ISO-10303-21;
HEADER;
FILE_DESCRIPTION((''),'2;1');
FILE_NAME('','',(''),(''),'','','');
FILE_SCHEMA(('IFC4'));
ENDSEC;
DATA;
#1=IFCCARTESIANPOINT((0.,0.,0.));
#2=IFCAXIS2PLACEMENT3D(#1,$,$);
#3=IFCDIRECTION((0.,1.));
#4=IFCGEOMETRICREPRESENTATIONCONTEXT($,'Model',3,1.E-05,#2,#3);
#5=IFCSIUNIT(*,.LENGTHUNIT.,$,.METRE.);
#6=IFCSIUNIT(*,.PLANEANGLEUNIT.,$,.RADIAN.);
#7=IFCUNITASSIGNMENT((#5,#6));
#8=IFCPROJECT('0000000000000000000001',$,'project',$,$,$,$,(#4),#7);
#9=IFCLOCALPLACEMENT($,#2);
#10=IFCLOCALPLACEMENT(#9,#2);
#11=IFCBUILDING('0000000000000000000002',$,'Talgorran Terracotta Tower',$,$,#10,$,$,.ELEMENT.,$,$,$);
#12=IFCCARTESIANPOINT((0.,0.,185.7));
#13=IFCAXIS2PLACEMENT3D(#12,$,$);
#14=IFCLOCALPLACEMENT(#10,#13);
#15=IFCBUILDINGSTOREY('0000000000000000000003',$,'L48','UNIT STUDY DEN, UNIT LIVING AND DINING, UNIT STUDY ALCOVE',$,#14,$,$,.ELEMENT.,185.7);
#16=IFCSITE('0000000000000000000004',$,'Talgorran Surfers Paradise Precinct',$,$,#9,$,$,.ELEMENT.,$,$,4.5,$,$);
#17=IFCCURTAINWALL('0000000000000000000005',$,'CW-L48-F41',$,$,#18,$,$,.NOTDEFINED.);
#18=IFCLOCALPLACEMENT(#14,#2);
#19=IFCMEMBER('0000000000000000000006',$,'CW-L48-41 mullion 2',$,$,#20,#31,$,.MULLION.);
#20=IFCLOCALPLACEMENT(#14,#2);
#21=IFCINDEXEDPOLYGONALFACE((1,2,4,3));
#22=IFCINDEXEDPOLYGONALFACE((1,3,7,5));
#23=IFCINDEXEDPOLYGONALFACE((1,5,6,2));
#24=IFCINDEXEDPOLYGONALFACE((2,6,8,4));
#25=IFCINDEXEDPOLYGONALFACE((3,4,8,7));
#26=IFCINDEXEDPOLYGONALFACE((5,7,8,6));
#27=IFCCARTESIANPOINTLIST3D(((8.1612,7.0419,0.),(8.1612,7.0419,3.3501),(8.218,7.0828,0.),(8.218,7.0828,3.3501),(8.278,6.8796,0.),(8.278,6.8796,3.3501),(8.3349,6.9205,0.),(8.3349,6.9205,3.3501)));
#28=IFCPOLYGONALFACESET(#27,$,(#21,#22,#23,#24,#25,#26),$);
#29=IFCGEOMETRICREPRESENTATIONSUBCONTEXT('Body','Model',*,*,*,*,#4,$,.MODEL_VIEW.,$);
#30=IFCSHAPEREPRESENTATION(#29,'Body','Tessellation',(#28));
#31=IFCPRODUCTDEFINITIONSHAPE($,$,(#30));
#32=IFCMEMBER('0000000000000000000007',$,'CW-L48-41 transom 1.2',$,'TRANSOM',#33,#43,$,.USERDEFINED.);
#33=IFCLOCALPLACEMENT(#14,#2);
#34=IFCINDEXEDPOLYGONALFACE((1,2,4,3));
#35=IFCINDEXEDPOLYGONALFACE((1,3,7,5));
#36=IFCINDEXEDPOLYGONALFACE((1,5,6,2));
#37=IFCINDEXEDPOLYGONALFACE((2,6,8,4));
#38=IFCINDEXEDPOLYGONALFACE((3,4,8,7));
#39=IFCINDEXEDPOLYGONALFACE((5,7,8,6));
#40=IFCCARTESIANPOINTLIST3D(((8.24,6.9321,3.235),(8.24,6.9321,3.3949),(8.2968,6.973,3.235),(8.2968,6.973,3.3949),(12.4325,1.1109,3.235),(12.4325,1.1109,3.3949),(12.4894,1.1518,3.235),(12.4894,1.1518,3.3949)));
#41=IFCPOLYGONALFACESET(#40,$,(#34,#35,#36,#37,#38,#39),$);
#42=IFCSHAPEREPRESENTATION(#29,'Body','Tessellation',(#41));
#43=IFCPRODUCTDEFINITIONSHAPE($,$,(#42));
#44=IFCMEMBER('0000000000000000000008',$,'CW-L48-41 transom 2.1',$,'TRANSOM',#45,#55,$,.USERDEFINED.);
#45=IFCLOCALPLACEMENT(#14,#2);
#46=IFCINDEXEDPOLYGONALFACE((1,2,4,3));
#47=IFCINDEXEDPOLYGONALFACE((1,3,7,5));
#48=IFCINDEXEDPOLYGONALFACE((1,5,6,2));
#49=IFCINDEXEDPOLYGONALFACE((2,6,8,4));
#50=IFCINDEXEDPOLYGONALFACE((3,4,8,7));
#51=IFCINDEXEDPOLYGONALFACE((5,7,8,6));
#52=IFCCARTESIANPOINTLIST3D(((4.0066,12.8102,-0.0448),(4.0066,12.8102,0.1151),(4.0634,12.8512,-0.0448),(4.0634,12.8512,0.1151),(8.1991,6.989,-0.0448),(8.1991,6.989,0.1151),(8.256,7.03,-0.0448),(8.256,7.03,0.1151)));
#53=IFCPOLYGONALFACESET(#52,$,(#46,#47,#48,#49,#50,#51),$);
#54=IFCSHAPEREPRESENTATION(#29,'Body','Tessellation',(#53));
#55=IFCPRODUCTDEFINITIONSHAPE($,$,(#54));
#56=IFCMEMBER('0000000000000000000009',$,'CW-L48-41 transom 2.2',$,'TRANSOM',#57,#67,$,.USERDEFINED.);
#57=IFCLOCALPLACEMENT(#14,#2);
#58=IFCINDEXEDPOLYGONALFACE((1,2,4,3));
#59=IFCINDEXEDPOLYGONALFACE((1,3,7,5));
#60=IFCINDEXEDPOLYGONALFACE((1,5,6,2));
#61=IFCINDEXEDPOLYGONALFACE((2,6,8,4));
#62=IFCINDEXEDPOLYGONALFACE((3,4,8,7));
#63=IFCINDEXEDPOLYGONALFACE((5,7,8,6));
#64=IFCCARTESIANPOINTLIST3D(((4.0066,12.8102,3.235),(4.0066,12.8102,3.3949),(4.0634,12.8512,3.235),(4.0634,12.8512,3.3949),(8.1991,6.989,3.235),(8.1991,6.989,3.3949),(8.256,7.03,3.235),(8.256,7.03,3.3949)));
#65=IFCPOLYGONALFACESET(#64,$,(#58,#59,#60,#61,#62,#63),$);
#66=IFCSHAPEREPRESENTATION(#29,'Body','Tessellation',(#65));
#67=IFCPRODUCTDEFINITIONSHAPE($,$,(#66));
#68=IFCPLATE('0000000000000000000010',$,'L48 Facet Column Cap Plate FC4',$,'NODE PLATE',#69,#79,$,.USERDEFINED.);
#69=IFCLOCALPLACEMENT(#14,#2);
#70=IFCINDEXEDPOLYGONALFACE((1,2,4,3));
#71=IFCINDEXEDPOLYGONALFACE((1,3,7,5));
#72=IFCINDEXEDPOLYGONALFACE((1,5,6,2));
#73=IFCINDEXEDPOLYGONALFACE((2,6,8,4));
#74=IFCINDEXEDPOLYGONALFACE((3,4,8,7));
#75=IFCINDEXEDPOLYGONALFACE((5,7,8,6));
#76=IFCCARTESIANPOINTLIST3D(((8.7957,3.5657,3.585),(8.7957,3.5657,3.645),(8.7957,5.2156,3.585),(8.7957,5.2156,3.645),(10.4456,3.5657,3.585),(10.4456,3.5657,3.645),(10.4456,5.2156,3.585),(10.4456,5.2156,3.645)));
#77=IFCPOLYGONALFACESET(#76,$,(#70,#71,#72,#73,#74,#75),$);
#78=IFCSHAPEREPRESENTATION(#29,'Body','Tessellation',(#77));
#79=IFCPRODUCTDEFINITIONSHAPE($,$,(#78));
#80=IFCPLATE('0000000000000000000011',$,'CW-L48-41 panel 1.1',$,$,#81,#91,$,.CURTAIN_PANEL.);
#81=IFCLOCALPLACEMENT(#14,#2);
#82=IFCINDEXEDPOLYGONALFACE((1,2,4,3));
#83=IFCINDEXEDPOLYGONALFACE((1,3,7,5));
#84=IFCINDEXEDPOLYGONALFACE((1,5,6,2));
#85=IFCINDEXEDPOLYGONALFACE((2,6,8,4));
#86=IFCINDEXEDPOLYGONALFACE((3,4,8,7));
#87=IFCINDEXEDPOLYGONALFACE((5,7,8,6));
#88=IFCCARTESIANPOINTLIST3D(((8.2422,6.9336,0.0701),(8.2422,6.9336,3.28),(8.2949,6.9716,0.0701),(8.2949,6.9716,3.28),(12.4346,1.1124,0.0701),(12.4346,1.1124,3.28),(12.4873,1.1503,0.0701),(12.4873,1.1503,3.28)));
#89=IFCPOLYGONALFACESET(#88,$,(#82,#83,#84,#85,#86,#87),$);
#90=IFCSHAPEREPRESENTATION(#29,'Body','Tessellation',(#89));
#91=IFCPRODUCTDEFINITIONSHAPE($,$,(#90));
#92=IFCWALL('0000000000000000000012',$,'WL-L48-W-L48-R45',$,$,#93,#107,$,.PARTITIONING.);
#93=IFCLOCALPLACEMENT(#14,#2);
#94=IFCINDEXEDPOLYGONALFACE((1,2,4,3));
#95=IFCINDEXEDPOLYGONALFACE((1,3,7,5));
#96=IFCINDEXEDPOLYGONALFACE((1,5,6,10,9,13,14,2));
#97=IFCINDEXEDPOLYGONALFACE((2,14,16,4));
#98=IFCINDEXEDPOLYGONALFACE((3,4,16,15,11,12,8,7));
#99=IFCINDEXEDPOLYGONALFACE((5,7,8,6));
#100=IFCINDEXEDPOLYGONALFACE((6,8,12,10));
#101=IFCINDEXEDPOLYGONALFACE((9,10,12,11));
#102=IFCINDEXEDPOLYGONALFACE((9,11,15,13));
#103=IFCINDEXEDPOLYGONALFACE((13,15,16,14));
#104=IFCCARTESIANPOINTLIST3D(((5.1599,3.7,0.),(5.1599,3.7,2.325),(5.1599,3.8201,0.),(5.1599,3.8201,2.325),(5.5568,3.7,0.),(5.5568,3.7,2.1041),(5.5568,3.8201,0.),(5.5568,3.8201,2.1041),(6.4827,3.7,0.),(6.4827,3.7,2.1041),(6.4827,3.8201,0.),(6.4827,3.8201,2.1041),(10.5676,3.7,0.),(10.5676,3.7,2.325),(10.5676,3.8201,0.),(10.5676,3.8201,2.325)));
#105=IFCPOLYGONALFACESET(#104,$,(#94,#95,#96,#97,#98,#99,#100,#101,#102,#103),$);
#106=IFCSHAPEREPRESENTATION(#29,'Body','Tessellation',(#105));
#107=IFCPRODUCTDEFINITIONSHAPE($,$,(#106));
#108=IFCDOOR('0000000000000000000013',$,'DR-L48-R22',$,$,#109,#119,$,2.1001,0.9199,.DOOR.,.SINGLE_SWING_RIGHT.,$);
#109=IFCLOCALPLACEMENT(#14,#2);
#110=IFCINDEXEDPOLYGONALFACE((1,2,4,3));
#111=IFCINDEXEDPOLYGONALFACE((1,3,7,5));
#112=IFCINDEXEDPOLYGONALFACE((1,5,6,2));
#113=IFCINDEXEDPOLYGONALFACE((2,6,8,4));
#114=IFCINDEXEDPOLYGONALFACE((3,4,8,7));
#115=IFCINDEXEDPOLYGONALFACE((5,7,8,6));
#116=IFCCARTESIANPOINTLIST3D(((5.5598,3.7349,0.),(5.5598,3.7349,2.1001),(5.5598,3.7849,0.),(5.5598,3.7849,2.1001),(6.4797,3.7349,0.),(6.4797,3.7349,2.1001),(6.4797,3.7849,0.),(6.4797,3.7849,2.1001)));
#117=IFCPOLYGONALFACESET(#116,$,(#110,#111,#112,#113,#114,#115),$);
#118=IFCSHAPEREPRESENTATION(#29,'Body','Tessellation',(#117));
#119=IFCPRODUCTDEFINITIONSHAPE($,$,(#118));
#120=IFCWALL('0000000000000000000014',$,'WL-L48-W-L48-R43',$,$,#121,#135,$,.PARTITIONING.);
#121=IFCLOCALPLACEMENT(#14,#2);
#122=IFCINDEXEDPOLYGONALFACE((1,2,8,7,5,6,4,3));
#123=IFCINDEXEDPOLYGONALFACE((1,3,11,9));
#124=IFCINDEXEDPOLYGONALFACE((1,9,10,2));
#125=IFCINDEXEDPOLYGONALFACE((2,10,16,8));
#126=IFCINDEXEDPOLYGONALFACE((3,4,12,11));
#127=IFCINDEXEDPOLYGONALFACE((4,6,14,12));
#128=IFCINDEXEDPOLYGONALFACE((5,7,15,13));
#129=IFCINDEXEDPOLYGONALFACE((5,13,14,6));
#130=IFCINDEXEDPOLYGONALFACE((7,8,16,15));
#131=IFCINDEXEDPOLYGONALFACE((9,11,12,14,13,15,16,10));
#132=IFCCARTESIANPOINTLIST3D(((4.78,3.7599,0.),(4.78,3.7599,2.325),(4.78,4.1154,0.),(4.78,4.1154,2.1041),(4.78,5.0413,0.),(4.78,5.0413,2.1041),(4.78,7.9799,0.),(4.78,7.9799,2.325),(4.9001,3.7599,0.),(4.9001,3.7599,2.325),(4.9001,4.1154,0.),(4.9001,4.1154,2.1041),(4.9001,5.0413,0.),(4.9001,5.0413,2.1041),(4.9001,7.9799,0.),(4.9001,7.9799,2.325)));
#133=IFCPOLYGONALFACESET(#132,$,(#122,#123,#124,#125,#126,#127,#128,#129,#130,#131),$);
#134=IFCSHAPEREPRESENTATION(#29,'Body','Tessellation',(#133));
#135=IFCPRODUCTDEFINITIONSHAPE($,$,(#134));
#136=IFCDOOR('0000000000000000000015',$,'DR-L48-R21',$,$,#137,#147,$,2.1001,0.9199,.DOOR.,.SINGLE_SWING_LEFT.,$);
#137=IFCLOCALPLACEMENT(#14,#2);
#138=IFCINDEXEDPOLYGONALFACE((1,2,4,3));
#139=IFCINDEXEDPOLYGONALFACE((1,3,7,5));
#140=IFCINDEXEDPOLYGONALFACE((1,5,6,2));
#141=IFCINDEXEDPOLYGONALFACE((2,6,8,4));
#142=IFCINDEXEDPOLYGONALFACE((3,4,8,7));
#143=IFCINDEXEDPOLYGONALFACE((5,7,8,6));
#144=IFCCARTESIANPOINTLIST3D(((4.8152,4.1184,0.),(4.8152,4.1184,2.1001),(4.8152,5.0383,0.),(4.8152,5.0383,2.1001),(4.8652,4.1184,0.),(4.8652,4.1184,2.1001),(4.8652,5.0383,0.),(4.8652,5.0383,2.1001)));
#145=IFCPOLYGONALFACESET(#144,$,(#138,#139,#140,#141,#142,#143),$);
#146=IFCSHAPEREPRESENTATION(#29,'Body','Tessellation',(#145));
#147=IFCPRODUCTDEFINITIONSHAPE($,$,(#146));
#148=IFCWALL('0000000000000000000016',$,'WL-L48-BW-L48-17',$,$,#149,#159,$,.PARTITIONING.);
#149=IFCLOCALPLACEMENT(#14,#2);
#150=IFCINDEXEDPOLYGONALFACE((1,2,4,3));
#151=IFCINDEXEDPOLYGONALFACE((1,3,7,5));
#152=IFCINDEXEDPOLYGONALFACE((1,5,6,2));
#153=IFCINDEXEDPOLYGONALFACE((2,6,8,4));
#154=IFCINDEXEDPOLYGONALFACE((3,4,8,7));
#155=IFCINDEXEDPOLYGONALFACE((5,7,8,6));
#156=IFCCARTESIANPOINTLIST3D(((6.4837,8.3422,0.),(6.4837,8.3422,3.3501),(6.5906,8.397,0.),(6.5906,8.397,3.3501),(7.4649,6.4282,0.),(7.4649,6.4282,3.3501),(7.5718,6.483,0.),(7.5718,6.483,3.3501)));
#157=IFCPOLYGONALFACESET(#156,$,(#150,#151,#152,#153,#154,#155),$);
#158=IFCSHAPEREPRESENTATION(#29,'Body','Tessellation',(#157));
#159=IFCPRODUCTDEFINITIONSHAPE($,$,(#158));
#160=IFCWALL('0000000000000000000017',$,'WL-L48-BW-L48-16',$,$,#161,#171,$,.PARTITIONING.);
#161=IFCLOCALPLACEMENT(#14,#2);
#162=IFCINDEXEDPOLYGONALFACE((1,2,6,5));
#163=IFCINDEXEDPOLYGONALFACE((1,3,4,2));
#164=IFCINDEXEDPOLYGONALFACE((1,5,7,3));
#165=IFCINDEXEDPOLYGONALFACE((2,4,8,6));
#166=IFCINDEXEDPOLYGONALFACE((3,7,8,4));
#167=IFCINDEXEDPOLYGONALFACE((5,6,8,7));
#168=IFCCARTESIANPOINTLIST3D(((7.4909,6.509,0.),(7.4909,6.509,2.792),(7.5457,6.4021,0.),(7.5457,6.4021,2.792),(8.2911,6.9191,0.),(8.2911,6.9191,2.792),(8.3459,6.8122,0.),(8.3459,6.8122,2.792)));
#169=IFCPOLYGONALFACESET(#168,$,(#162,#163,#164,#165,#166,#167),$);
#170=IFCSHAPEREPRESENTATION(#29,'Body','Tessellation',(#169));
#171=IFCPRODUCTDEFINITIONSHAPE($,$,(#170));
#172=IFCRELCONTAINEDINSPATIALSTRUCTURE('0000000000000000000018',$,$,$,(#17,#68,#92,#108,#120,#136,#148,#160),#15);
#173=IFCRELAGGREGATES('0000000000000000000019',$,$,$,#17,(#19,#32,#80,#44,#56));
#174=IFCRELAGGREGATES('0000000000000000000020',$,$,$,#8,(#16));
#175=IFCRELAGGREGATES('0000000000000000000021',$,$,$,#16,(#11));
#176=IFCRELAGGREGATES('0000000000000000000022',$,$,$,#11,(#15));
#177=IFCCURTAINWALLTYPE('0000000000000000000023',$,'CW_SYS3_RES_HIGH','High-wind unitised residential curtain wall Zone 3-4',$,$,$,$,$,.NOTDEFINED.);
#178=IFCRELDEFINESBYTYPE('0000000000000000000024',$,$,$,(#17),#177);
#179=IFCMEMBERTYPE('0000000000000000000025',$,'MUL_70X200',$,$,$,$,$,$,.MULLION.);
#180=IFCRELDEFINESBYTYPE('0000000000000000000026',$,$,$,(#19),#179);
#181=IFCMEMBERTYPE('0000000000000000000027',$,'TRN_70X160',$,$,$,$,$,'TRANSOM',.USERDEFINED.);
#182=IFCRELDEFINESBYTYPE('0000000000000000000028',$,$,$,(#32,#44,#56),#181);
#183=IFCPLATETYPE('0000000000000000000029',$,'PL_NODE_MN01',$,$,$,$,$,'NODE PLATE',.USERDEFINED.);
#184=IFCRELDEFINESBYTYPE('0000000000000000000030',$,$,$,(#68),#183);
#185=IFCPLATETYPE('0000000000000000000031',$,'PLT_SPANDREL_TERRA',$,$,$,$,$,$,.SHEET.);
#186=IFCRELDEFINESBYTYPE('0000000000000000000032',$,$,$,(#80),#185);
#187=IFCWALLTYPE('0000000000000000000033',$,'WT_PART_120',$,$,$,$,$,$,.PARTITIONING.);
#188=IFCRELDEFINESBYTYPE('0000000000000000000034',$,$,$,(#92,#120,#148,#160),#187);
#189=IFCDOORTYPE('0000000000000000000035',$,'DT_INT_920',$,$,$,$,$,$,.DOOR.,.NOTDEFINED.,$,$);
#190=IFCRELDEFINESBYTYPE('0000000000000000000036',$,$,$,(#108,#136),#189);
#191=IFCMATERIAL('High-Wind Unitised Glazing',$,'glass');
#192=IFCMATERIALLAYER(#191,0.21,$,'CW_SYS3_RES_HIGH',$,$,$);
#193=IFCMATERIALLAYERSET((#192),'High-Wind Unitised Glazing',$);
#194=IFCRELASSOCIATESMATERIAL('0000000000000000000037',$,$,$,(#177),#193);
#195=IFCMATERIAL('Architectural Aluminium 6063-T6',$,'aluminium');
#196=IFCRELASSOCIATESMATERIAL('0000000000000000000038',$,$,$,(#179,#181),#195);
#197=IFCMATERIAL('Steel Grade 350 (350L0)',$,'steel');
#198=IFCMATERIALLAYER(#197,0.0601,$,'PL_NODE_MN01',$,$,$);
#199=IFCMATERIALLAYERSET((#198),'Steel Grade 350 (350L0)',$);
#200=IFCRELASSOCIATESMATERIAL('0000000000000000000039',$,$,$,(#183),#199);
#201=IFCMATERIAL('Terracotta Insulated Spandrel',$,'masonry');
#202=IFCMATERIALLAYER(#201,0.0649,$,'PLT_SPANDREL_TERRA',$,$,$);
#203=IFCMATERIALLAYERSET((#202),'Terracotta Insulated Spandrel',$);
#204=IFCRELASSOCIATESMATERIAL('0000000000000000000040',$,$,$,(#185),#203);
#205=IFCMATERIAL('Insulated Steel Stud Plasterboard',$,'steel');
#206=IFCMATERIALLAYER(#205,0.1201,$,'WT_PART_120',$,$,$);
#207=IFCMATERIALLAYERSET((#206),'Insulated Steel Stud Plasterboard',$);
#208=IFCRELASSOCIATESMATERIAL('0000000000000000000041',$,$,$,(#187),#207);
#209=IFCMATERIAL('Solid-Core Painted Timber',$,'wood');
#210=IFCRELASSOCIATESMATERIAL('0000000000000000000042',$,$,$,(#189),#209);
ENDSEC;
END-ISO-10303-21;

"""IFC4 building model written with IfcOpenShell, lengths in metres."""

from ifc_helpers import new_model, si_unit, direction, frame, frame_2d, origin, origin_2d, place, context, subcontext, project, spatial, rectangle, extrude, source, transform, mapped, material, layer, layer_set, material_profile, profile_set, type_object, type_shapes, element, fill, aggregate, save


model = new_model("IFC4")

# Units and contexts
model_context = context("Model", 3, precision=1e-05, world=origin(), true_north=direction((0.0, 1.0)))
body_context = subcontext(model_context, "Body", "Model", "MODEL_VIEW")
ifc_project = project(units=[si_unit("LENGTHUNIT", "METRE"), si_unit("PLANEANGLEUNIT", "RADIAN")], contexts=[model_context])

# Site, building, storey
site_placement = place(None, origin())
site = spatial("IfcSite", under=ifc_project, at=site_placement, Name="Talgorran Surfers Paradise Precinct", CompositionType="ELEMENT", RefElevation=4.5)
building_placement = place(site_placement, origin())
building = spatial("IfcBuilding", under=site, at=building_placement, Name="Talgorran Terracotta Tower", CompositionType="ELEMENT")
storey_placement = place(building_placement, frame((0.0, 0.0, 185.7)))
storey = spatial("IfcBuildingStorey", under=building, at=storey_placement, Name="L48", Description="UNIT STUDY DEN, UNIT LIVING AND DINING, UNIT STUDY ALCOVE", CompositionType="ELEMENT", Elevation=185.7)

# Shared definitions
ifc_material_1 = material(Name="Steel Grade 350 (350L0)", Category="steel")

# Curtain wall, members
ifc_material_2 = material(Name="High-Wind Unitised Glazing", Category="glass")
ifc_layer_1 = layer(ifc_material_2, 0.21, Name="CW_SYS3_RES_HIGH")
ifc_layer_set_1 = layer_set([ifc_layer_1], Name="High-Wind Unitised Glazing")
curtain_wall_type = type_object("IfcCurtainWallType", Name="CW_SYS3_RES_HIGH", Description="High-wind unitised residential curtain wall Zone 3-4", PredefinedType="NOTDEFINED", material=ifc_layer_set_1)
curtain_wall_placement = place(storey_placement, origin())
curtain_wall = element("IfcCurtainWall", 1, at=curtain_wall_placement, inside=storey, type_object=curtain_wall_type, Name="CW-L48-F41", PredefinedType="NOTDEFINED")
ifc_material_3 = material(Name="Architectural Aluminium 6063-T6", Category="aluminium")
ifc_material_profile_1 = material_profile(ifc_material_3, rectangle(XDim=0.0701, YDim=0.2, at=origin_2d()), Name="CWM70X200")
ifc_profile_set_1 = profile_set([ifc_material_profile_1], Name="Architectural Aluminium 6063-T6")
member_type_1 = type_object("IfcMemberType", Name="MUL_70X200", PredefinedType="MULLION", material=ifc_profile_set_1)
member_1_placement = place(storey_placement, frame((8.248, 6.9812, 0.0), z_axis=(0.0, 0.0, 1.0), x_axis=(-0.811458, -0.584411, 0.0)))
member_1 = element("IfcMember", 2, at=member_1_placement, type_object=member_type_1, Name="CW-L48-41 mullion 2", PredefinedType="MULLION", context=body_context, shape_type="SweptSolid", body=[
    extrude(rectangle(XDim=0.0701, YDim=0.2, at=origin_2d()), origin(), (0.0, 0.0, 1.0), 3.3501),
])
ifc_material_profile_2 = material_profile(ifc_material_3, rectangle(XDim=0.0701, YDim=0.1599, at=origin_2d()), Name="CWT70X160")
ifc_profile_set_2 = profile_set([ifc_material_profile_2], Name="Architectural Aluminium 6063-T6")
member_type_2 = type_object("IfcMemberType", Name="TRN_70X160", ElementType="TRANSOM", PredefinedType="USERDEFINED", material=ifc_profile_set_2)
member_2_placement = place(storey_placement, frame((12.4609, 1.1313, 3.3149), z_axis=(-0.584424, 0.811448, 0.0), x_axis=(-0.811448, -0.584424, 0.0)))
member_2 = element("IfcMember", 3, at=member_2_placement, type_object=member_type_2, Name="CW-L48-41 transom 1.2", ObjectType="TRANSOM", PredefinedType="USERDEFINED", context=body_context, shape_type="SweptSolid", body=[
    extrude(rectangle(XDim=0.0701, YDim=0.1599, at=origin_2d()), origin(), (0.0, 0.0, 1.0), 7.1738),
])
member_3_placement = place(storey_placement, frame((8.2275, 7.0095, 0.0352), z_axis=(-0.584424, 0.811448, 0.0), x_axis=(-0.811448, -0.584424, 0.0)))
member_3 = element("IfcMember", 4, at=member_3_placement, type_object=member_type_2, Name="CW-L48-41 transom 2.1", ObjectType="TRANSOM", PredefinedType="USERDEFINED", context=body_context, shape_type="SweptSolid", body=[
    extrude(rectangle(XDim=0.0701, YDim=0.1599, at=origin_2d()), origin(), (0.0, 0.0, 1.0), 7.1738),
])
member_4_placement = place(storey_placement, frame((8.2275, 7.0095, 3.3149), z_axis=(-0.584424, 0.811448, 0.0), x_axis=(-0.811448, -0.584424, 0.0)))
member_4 = element("IfcMember", 5, at=member_4_placement, type_object=member_type_2, Name="CW-L48-41 transom 2.2", ObjectType="TRANSOM", PredefinedType="USERDEFINED", context=body_context, shape_type="SweptSolid", body=[
    extrude(rectangle(XDim=0.0701, YDim=0.1599, at=origin_2d()), origin(), (0.0, 0.0, 1.0), 7.1738),
])

# Plates
ifc_layer_2 = layer(ifc_material_1, 0.0601, Name="PL_NODE_MN01")
ifc_layer_set_2 = layer_set([ifc_layer_2], Name="Steel Grade 350 (350L0)")
plate_type_1 = type_object("IfcPlateType", Name="PL_NODE_MN01", ElementType="NODE PLATE", PredefinedType="USERDEFINED", material=ifc_layer_set_2)
plate_1_placement = place(storey_placement, frame((9.6206, 4.3906, 3.585), z_axis=(0.0, 0.0, 1.0), x_axis=(1.0, 0.0, 0.0)))
element("IfcPlate", 6, at=plate_1_placement, inside=storey, type_object=plate_type_1, Name="L48 Facet Column Cap Plate FC4", ObjectType="NODE PLATE", PredefinedType="USERDEFINED", context=body_context, shape_type="SweptSolid", body=[
    extrude(rectangle(XDim=1.6499, YDim=1.6499, at=origin_2d()), origin(), (0.0, 0.0, 1.0), 0.0601),
])
ifc_material_4 = material(Name="Terracotta Insulated Spandrel", Category="masonry")
ifc_layer_3 = layer(ifc_material_4, 0.0649, Name="PLT_SPANDREL_TERRA")
ifc_layer_set_3 = layer_set([ifc_layer_3], Name="Terracotta Insulated Spandrel")
plate_type_2 = type_object("IfcPlateType", Name="PLT_SPANDREL_TERRA", PredefinedType="SHEET", material=ifc_layer_set_3)
shared_shape = source(origin(), body_context, "Body", "SweptSolid", [
    extrude(rectangle(XDim=7.1738, YDim=0.0649, at=origin_2d()), origin(), (0.0, 0.0, 1.0), 3.21),
])
type_shapes(plate_type_2, [shared_shape])
plate_2_placement = place(storey_placement, frame((10.3647, 4.042, 0.0701), z_axis=(0.0, 0.0, 1.0), x_axis=(-0.584411, 0.811458, 0.0)))
plate_2 = element("IfcPlate", 7, at=plate_2_placement, type_object=plate_type_2, Name="CW-L48-41 panel 1.1", PredefinedType="CURTAIN_PANEL", context=body_context, shape_type="MappedRepresentation", body=[
    mapped(shared_shape, transform((0.0, 0.0, 0.0), scale=1.0)),
])
aggregate(curtain_wall, [member_1, member_2, plate_2, member_3, member_4])

# Walls, openings, doors
ifc_material_5 = material(Name="Insulated Steel Stud Plasterboard", Category="steel")
ifc_layer_4 = layer(ifc_material_5, 0.1201, Name="WT_PART_120")
ifc_layer_set_4 = layer_set([ifc_layer_4], Name="Insulated Steel Stud Plasterboard")
wall_type = type_object("IfcWallType", Name="WT_PART_120", PredefinedType="PARTITIONING", material=ifc_layer_set_4)
wall_1_placement = place(storey_placement, frame((5.1599, 3.76, 0.0), z_axis=(0.0, 0.0, 1.0), x_axis=(1.0, 0.0, 0.0)))
wall_1 = element("IfcWall", 8, at=wall_1_placement, inside=storey, type_object=wall_type, Name="WL-L48-W-L48-R45", PredefinedType="PARTITIONING", context=body_context, shape_type="SweptSolid", body=[
    extrude(rectangle(XDim=5.4077, YDim=0.1201, at=frame_2d((2.7039, 0.0))), origin(), (0.0, 0.0, 1.0), 2.325),
])
opening_1_placement = place(wall_1_placement, frame((0.3999, 0.0, 0.0)))
opening_1 = element("IfcOpeningElement", 9, at=opening_1_placement, cuts=wall_1, PredefinedType="OPENING", context=body_context, shape_type="SweptSolid", body=[
    extrude(rectangle(XDim=0.9259, YDim=2.1041, at=frame_2d((0.46, 1.052))), frame((0.0, 0.0701, 0.0), z_axis=(0.0, -1.0, 0.0), x_axis=(1.0, 0.0, 0.0)), (0.0, 0.0, 1.0), 0.1401),
])
ifc_material_6 = material(Name="Solid-Core Painted Timber", Category="wood")
door_type = type_object("IfcDoorType", Name="DT_INT_920", OperationType="NOTDEFINED", PredefinedType="DOOR", material=ifc_material_6)
door_1_placement = place(opening_1_placement, origin())
door_1 = element("IfcDoor", 10, at=door_1_placement, inside=storey, type_object=door_type, Name="DR-L48-R22", OperationType="SINGLE_SWING_RIGHT", OverallHeight=2.1001, OverallWidth=0.9199, PredefinedType="DOOR", context=body_context, shape_type="SweptSolid", body=[
    extrude(rectangle(XDim=0.9199, YDim=2.1001, at=frame_2d((0.46, 1.05))), frame((0.0, 0.0249, 0.0), z_axis=(0.0, -1.0, 0.0), x_axis=(1.0, 0.0, 0.0)), (0.0, 0.0, 1.0), 0.05),
])
fill(opening_1, door_1)
wall_2_placement = place(storey_placement, frame((4.8401, 3.76, 0.0), z_axis=(0.0, 0.0, 1.0), x_axis=(0.0, 1.0, 0.0)))
wall_2 = element("IfcWall", 11, at=wall_2_placement, inside=storey, type_object=wall_type, Name="WL-L48-W-L48-R43", PredefinedType="PARTITIONING", context=body_context, shape_type="SweptSolid", body=[
    extrude(rectangle(XDim=4.22, YDim=0.1201, at=frame_2d((2.1099, 0.0))), origin(), (0.0, 0.0, 1.0), 2.325),
])
opening_2_placement = place(wall_2_placement, frame((0.3584, 0.0, 0.0)))
opening_2 = element("IfcOpeningElement", 12, at=opening_2_placement, cuts=wall_2, PredefinedType="OPENING", context=body_context, shape_type="SweptSolid", body=[
    extrude(rectangle(XDim=0.9259, YDim=2.1041, at=frame_2d((0.46, 1.052))), frame((0.0, 0.0701, 0.0), z_axis=(0.0, -1.0, 0.0), x_axis=(1.0, 0.0, 0.0)), (0.0, 0.0, 1.0), 0.1401),
])
door_2_placement = place(opening_2_placement, origin())
door_2 = element("IfcDoor", 13, at=door_2_placement, inside=storey, type_object=door_type, Name="DR-L48-R21", OperationType="SINGLE_SWING_LEFT", OverallHeight=2.1001, OverallWidth=0.9199, PredefinedType="DOOR", context=body_context, shape_type="SweptSolid", body=[
    extrude(rectangle(XDim=0.9199, YDim=2.1001, at=frame_2d((0.46, 1.05))), frame((0.0, 0.0249, 0.0), z_axis=(0.0, -1.0, 0.0), x_axis=(1.0, 0.0, 0.0)), (0.0, 0.0, 1.0), 0.05),
])
fill(opening_2, door_2)

# Walls
wall_3_placement = place(storey_placement, frame((7.5183, 6.4556, 0.0), z_axis=(0.0, 0.0, 1.0), x_axis=(-0.456181, 0.889887, 0.0)))
element("IfcWall", 14, at=wall_3_placement, inside=storey, type_object=wall_type, Name="WL-L48-BW-L48-17", PredefinedType="PARTITIONING", context=body_context, shape_type="SweptSolid", body=[
    extrude(rectangle(XDim=2.1509, YDim=0.1201, at=frame_2d((1.0754, 0.0))), origin(), (0.0, 0.0, 1.0), 3.3501),
])
wall_4_placement = place(storey_placement, frame((8.3186, 6.8657, 0.0), z_axis=(0.0, 0.0, 1.0), x_axis=(-0.88993, -0.456096, 0.0)))
element("IfcWall", 15, at=wall_4_placement, inside=storey, type_object=wall_type, Name="WL-L48-BW-L48-16", PredefinedType="PARTITIONING", context=body_context, shape_type="SweptSolid", body=[
    extrude(rectangle(XDim=0.8992, YDim=0.1201, at=frame_2d((0.4497, 0.0))), origin(), (0.0, 0.0, 1.0), 2.792),
])

save(model, "model.ifc")
